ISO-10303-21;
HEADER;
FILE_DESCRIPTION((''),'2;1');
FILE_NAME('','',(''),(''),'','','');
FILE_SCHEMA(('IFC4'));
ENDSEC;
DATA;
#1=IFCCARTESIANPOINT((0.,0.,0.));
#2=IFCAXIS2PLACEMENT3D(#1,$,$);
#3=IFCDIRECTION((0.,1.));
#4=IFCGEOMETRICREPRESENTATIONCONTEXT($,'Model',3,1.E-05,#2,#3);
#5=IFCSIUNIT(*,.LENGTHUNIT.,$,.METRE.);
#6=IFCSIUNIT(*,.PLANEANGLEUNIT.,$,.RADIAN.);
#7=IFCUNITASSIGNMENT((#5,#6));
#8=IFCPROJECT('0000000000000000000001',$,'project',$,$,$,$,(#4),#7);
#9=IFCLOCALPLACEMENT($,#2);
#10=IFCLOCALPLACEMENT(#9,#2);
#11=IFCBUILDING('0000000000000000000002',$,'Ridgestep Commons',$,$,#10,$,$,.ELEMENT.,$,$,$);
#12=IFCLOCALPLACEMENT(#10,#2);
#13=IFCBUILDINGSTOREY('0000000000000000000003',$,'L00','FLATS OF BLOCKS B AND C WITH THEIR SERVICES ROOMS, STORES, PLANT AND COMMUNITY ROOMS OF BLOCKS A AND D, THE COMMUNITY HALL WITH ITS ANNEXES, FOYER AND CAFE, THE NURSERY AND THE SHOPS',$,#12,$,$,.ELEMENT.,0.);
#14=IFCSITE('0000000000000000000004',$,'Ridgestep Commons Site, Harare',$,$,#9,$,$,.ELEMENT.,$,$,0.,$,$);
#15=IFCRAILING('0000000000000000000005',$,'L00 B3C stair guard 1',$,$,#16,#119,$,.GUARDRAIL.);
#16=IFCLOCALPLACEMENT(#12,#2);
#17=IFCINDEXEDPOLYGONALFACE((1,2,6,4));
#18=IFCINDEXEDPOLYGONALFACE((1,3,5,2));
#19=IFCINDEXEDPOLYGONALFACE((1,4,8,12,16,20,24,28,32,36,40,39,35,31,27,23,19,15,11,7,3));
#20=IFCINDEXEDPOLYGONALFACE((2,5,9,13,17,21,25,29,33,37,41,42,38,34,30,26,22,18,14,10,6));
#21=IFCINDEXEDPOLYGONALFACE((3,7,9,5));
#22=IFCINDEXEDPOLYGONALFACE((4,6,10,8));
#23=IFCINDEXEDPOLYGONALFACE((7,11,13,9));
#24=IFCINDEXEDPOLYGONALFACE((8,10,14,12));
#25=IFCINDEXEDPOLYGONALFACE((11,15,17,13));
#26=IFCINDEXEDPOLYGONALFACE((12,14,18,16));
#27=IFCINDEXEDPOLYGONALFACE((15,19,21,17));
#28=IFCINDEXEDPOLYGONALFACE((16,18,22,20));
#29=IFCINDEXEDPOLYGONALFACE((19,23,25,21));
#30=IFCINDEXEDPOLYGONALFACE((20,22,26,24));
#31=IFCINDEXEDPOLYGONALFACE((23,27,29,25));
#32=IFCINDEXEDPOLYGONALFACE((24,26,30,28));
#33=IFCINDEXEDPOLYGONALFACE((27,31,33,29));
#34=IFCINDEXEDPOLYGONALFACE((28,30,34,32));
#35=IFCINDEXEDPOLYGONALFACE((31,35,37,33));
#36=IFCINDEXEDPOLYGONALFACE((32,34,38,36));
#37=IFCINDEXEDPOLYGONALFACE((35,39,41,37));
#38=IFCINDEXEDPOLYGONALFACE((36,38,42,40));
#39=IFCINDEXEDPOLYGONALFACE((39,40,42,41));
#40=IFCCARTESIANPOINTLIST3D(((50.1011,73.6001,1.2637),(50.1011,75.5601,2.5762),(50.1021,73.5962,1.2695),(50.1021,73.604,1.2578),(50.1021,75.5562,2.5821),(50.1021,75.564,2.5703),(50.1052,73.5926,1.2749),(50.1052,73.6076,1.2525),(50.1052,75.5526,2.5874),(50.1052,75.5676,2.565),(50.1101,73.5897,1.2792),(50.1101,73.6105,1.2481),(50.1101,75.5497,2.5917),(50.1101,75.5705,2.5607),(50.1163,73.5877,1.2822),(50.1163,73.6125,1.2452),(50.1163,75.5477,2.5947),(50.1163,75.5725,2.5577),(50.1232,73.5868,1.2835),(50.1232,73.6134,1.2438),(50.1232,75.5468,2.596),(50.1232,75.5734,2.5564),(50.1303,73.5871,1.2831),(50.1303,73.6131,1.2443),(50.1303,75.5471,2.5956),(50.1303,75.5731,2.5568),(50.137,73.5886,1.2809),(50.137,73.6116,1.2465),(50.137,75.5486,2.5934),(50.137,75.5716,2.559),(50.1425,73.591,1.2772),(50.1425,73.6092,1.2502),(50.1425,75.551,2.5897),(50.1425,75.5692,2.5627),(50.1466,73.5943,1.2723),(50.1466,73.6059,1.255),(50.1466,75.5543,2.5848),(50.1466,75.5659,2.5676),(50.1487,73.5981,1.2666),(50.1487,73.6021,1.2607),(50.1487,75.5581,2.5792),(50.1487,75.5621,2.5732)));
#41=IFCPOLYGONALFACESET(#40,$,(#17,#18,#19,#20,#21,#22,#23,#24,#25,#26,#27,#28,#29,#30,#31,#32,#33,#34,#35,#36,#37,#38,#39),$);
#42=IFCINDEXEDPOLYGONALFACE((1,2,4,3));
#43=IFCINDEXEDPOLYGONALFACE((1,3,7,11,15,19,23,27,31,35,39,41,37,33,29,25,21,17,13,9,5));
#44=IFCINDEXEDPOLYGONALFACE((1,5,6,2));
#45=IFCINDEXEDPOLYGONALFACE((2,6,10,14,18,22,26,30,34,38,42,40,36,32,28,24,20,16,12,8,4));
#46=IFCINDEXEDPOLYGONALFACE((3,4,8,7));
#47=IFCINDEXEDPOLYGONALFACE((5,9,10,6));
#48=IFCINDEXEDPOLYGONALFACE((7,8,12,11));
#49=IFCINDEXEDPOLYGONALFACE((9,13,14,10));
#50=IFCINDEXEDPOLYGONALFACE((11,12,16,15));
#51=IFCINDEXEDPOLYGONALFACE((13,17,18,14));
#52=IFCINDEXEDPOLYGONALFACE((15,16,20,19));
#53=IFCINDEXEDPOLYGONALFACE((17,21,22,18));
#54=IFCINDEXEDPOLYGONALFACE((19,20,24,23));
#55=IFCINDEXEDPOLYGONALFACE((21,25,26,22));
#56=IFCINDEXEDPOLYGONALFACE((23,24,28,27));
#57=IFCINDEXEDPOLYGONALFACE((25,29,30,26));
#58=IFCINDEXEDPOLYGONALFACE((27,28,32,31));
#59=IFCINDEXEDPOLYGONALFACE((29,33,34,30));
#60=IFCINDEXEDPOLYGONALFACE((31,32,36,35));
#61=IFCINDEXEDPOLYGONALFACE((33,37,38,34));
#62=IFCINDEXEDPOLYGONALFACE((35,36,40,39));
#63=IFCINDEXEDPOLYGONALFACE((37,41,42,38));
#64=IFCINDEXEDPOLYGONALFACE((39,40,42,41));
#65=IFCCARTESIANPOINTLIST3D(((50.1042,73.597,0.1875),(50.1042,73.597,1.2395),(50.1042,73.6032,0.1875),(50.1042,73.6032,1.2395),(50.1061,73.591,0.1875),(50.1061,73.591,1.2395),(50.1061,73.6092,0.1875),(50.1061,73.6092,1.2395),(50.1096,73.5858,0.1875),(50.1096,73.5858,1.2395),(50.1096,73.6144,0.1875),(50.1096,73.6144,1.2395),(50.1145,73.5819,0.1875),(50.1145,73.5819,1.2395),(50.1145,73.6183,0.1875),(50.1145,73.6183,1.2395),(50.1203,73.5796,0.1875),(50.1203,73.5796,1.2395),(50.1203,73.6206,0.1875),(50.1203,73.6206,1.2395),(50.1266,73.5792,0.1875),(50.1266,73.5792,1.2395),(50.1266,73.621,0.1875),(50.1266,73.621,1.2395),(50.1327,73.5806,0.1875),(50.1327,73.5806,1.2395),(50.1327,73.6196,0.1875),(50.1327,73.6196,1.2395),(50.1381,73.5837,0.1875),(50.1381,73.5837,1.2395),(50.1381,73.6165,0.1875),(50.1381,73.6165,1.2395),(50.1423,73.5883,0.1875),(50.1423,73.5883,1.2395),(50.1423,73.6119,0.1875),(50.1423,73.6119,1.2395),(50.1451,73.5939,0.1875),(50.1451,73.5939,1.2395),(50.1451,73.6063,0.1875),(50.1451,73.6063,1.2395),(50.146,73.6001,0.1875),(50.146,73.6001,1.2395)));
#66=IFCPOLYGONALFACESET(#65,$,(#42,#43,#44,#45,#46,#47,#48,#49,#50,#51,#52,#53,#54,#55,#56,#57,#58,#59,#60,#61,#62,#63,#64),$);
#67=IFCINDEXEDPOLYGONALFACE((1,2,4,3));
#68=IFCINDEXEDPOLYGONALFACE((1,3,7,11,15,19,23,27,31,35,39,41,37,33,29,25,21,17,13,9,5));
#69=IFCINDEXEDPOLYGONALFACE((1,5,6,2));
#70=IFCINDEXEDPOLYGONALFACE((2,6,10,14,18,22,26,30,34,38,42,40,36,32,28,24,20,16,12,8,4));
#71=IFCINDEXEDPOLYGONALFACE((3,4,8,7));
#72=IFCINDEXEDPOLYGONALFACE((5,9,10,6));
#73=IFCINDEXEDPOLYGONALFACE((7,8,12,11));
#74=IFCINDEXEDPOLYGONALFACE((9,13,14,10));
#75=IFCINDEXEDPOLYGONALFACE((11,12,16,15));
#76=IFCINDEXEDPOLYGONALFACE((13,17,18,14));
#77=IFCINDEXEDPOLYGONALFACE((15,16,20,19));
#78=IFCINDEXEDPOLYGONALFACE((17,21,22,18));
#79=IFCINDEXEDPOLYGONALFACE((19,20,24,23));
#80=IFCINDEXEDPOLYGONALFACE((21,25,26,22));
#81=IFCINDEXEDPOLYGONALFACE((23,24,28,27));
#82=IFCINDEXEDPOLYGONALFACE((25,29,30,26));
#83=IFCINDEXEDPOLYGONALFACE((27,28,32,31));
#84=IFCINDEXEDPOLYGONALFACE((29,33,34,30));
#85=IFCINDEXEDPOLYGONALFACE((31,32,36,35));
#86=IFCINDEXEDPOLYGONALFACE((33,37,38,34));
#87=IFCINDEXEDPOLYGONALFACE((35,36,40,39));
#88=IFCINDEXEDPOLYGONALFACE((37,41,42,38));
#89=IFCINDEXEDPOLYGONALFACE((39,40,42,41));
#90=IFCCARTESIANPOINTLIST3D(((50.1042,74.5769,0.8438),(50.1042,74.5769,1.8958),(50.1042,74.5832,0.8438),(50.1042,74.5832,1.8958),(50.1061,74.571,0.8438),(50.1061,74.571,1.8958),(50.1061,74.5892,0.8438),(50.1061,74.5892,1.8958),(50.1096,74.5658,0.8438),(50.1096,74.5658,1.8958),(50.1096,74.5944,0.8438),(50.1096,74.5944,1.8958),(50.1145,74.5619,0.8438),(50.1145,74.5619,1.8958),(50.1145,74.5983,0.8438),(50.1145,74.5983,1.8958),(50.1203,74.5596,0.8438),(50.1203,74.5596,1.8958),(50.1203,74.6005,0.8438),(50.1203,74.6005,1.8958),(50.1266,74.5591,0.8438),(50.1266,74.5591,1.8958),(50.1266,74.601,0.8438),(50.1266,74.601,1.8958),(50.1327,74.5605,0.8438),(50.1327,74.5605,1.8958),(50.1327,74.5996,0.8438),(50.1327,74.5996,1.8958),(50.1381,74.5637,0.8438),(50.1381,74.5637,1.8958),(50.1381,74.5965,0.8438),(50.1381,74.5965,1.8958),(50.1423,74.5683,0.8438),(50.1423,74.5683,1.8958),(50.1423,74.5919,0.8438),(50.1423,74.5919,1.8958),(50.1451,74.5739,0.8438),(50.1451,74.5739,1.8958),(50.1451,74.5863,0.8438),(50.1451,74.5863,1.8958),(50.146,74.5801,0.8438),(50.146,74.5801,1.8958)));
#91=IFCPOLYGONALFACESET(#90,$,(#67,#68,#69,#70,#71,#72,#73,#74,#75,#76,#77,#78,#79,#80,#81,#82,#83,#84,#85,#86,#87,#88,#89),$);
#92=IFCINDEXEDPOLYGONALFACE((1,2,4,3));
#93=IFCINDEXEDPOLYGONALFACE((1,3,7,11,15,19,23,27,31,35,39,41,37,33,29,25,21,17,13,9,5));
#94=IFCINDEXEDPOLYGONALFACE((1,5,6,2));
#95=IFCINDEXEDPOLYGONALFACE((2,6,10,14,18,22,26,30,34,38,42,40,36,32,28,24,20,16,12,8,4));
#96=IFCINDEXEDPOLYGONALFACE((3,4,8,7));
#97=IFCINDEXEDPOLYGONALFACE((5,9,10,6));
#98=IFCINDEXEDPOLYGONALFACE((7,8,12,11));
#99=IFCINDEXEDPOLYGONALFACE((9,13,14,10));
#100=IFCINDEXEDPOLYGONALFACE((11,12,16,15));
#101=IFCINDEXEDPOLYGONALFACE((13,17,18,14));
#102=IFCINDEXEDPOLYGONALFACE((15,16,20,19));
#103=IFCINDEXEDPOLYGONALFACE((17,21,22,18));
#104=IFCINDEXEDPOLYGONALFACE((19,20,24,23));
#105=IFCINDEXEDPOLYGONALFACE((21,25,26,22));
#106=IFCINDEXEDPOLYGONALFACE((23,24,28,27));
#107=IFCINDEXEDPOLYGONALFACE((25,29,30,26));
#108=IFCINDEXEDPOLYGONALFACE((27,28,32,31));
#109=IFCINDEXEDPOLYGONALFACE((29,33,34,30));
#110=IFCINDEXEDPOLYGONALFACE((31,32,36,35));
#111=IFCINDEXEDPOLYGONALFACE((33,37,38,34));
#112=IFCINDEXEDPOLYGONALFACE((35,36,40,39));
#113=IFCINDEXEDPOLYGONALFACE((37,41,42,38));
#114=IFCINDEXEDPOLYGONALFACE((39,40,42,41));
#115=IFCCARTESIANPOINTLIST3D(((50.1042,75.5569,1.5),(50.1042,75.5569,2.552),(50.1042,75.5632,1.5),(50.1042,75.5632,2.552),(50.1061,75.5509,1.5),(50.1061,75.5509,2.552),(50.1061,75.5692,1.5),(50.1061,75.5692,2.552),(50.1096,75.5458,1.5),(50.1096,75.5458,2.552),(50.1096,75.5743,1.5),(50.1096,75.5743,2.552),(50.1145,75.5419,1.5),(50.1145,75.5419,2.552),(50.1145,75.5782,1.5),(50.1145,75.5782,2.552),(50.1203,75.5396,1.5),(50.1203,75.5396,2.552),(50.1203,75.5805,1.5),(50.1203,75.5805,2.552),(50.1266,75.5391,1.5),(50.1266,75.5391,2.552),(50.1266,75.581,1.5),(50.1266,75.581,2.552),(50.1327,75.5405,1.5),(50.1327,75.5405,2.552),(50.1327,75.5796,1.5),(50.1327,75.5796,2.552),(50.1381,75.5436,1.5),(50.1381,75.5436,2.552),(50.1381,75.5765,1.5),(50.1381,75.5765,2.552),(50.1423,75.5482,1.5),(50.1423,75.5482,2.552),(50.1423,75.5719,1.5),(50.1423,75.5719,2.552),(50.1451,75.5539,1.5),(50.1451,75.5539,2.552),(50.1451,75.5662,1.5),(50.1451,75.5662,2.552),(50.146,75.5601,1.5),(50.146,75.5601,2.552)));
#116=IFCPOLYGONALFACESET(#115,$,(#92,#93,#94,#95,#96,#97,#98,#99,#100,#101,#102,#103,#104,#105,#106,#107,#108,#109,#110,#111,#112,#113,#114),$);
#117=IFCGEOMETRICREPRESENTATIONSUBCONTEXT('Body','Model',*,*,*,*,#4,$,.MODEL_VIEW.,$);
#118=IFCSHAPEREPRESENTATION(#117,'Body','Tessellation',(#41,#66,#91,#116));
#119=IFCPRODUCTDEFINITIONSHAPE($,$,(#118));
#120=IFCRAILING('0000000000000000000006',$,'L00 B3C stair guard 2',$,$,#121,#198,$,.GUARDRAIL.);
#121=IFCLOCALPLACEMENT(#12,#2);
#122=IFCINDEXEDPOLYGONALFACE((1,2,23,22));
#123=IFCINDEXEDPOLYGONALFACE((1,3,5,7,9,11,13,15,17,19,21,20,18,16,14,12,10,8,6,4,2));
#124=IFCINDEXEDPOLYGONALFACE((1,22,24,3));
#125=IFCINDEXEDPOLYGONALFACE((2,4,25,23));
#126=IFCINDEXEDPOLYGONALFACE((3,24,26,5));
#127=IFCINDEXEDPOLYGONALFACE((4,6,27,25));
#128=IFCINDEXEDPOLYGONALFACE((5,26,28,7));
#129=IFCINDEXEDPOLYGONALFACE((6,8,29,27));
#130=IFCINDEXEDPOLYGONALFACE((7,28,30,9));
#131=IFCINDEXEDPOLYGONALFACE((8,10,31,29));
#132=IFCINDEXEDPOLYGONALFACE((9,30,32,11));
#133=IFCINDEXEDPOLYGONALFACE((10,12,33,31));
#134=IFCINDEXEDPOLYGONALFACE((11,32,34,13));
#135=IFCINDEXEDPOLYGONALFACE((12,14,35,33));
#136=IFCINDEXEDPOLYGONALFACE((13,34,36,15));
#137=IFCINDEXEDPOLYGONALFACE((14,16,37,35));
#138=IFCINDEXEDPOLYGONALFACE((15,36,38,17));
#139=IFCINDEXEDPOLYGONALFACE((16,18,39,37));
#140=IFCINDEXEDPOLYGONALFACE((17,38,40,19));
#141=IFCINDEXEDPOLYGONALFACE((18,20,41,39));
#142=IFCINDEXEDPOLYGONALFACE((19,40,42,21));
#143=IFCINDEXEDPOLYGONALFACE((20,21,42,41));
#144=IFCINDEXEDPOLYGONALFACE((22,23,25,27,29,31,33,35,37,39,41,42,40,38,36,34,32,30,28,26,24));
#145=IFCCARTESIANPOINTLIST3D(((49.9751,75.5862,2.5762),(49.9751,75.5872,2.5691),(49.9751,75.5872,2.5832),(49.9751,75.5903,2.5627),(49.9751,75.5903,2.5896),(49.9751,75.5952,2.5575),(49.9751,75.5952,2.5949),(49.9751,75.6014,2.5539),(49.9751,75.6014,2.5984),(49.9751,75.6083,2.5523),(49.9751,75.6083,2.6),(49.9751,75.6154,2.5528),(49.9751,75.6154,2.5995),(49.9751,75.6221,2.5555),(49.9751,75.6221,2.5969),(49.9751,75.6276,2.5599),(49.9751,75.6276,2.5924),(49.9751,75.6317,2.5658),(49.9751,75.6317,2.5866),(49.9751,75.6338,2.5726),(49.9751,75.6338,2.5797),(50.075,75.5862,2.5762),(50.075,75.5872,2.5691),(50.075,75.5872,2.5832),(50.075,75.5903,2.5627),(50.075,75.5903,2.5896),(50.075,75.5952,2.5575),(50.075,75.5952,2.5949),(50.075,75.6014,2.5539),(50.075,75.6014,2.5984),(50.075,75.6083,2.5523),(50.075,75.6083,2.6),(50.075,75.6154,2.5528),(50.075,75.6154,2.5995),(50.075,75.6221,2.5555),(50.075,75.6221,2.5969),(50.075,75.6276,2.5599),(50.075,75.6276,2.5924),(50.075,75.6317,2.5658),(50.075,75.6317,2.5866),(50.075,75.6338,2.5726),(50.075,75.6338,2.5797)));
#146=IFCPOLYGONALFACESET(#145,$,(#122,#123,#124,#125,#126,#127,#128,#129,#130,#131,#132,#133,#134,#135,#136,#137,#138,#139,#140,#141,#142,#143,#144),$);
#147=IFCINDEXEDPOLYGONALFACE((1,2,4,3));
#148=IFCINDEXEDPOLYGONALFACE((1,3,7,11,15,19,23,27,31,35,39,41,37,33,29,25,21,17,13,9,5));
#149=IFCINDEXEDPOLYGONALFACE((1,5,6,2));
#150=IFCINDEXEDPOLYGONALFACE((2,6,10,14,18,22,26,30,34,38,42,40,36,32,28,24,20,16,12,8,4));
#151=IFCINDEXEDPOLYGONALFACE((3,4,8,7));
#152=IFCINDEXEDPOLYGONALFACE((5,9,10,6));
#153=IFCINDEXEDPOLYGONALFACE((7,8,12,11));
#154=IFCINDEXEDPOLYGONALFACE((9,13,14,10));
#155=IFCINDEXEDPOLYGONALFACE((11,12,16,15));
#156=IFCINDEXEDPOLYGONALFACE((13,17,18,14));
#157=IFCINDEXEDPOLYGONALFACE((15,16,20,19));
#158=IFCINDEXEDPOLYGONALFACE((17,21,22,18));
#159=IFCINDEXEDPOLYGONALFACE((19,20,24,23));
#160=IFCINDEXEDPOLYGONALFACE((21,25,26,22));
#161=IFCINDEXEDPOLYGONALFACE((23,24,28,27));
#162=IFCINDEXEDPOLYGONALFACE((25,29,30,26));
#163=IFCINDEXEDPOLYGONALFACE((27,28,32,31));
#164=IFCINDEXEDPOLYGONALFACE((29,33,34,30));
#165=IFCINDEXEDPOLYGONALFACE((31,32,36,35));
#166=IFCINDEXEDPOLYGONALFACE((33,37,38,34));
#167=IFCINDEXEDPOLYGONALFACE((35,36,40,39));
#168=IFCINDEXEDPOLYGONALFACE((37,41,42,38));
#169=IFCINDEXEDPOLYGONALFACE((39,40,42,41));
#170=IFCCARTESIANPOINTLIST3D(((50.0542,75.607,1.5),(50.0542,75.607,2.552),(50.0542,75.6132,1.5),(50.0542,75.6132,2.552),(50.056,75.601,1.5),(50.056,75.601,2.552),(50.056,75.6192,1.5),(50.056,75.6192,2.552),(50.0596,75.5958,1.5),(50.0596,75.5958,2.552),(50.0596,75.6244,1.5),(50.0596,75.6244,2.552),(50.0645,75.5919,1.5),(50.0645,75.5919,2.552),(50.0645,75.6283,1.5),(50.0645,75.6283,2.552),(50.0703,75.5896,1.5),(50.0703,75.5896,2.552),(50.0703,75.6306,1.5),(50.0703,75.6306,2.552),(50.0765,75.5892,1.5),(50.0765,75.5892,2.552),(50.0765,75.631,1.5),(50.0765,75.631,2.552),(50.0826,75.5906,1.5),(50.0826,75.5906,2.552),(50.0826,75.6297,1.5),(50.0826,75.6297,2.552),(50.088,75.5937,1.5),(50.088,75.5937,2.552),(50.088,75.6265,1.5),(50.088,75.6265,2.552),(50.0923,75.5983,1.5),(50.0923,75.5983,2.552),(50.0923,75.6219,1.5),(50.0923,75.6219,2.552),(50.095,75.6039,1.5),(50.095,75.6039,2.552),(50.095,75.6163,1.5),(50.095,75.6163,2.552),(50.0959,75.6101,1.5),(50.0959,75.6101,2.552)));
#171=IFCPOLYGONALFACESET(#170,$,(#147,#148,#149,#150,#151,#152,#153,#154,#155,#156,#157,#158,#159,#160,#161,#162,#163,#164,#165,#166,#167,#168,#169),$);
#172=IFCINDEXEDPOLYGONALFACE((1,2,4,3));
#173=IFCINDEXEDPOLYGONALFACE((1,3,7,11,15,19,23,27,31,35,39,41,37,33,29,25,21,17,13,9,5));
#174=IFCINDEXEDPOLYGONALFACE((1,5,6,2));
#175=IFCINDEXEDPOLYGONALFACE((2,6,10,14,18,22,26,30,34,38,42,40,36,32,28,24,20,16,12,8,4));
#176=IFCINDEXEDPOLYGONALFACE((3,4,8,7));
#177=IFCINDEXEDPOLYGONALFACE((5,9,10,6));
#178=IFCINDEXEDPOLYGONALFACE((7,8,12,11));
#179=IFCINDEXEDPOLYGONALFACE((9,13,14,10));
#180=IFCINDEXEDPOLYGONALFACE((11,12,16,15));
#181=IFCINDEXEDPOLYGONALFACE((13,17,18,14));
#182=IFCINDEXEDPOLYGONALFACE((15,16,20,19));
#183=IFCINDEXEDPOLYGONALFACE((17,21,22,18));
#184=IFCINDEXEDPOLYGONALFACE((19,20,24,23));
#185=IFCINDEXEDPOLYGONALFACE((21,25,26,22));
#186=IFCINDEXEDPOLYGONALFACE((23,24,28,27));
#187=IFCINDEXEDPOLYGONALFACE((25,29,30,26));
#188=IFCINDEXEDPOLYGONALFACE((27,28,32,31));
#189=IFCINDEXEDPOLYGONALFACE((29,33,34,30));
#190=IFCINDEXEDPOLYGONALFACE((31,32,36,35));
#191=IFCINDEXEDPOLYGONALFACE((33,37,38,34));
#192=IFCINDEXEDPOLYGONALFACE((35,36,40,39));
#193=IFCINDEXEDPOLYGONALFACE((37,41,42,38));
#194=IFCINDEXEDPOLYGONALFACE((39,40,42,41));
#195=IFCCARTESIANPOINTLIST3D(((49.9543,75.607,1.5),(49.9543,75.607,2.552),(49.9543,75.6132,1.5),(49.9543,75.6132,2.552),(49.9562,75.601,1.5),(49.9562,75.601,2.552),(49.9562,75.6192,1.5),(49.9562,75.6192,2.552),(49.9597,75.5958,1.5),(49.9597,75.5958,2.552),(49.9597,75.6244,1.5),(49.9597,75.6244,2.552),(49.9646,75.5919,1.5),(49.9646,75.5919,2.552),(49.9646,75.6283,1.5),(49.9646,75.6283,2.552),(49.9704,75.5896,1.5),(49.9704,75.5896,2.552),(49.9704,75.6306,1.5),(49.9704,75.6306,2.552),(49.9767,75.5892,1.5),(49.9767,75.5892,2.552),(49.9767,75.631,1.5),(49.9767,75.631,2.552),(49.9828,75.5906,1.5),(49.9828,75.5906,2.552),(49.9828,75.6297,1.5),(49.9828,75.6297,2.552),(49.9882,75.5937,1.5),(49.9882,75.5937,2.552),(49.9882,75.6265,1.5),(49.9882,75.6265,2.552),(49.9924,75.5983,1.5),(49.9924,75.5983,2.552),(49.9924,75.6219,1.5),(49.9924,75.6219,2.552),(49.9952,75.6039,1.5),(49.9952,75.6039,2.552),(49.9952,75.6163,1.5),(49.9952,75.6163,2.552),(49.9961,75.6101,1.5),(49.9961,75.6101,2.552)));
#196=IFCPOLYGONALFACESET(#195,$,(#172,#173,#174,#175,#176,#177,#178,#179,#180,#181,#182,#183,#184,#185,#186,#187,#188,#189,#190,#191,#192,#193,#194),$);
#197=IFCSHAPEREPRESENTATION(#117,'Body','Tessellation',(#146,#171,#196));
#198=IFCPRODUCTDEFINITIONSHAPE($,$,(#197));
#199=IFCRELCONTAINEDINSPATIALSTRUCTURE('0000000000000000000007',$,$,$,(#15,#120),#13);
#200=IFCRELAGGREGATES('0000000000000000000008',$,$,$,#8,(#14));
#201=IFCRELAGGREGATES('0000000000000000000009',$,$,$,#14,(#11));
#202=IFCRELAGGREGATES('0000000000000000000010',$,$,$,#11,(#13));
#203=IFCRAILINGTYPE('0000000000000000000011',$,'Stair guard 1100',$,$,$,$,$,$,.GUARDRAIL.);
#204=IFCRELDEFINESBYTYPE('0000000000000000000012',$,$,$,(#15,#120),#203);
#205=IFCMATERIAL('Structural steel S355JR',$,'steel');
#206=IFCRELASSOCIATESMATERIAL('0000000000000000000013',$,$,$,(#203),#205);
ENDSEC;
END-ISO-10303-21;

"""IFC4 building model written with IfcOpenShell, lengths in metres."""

from ifc_helpers import new_model, si_unit, direction, frame, origin, origin_2d, place, context, subcontext, project, spatial, circle, extrude, material, type_object, element, save


model = new_model("IFC4")

# Units and contexts
model_context = context("Model", 3, precision=1e-05, world=origin(), true_north=direction((0.0, 1.0)))
body_context = subcontext(model_context, "Body", "Model", "MODEL_VIEW")
ifc_project = project(units=[si_unit("LENGTHUNIT", "METRE"), si_unit("PLANEANGLEUNIT", "RADIAN")], contexts=[model_context])

# Site, building, storey
site_placement = place(None, origin())
site = spatial("IfcSite", under=ifc_project, at=site_placement, Name="Ridgestep Commons Site, Harare", CompositionType="ELEMENT", RefElevation=0.0)
building_placement = place(site_placement, origin())
building = spatial("IfcBuilding", under=site, at=building_placement, Name="Ridgestep Commons", CompositionType="ELEMENT")
storey_placement = place(building_placement, origin())
storey = spatial("IfcBuildingStorey", under=building, at=storey_placement, Name="L00", Description="FLATS OF BLOCKS B AND C WITH THEIR SERVICES ROOMS, STORES, PLANT AND COMMUNITY ROOMS OF BLOCKS A AND D, THE COMMUNITY HALL WITH ITS ANNEXES, FOYER AND CAFE, THE NURSERY AND THE SHOPS", CompositionType="ELEMENT", Elevation=0.0)

# Railings
ifc_material_1 = material(Name="Structural steel S355JR", Category="steel")
railing_type_1 = type_object("IfcRailingType", Name="Stair guard 1100", PredefinedType="GUARDRAIL", material=ifc_material_1)
railing_1_placement = place(storey_placement, frame((50.125, 73.6001, 0.1875)))
element("IfcRailing", 1, at=railing_1_placement, inside=storey, type_object=railing_type_1, Name="L00 B3C stair guard 1", PredefinedType="GUARDRAIL", context=body_context, shape_type="SweptSolid", body=[
    extrude(circle(Radius=0.0239, at=origin_2d()), frame((0.0, 0.0, 1.0762), z_axis=(0.0, 0.830902, 0.556419), x_axis=(-1.0, 0.0, 0.0)), (0.0, 0.0, 1.0), 2.3589),
    extrude(circle(Radius=0.021, at=origin_2d()), origin(), (0.0, 0.0, 1.0), 1.052),
    extrude(circle(Radius=0.021, at=origin_2d()), frame((0.0, 0.98, 0.6562)), (0.0, 0.0, 1.0), 1.052),
    extrude(circle(Radius=0.021, at=origin_2d()), frame((0.0, 1.96, 1.3125)), (0.0, 0.0, 1.0), 1.052),
])
railing_2_placement = place(storey_placement, frame((50.075, 75.6101, 1.5)))
element("IfcRailing", 2, at=railing_2_placement, inside=storey, type_object=railing_type_1, Name="L00 B3C stair guard 2", PredefinedType="GUARDRAIL", context=body_context, shape_type="SweptSolid", body=[
    extrude(circle(Radius=0.0239, at=origin_2d()), frame((0.0, 0.0, 1.0762), z_axis=(-1.0, 0.0, 0.0), x_axis=(0.0, -1.0, 0.0)), (0.0, 0.0, 1.0), 0.0999),
    extrude(circle(Radius=0.021, at=origin_2d()), origin(), (0.0, 0.0, 1.0), 1.052),
    extrude(circle(Radius=0.021, at=origin_2d()), frame((-0.0999, 0.0, 0.0)), (0.0, 0.0, 1.0), 1.052),
])

save(model, "model.ifc")
